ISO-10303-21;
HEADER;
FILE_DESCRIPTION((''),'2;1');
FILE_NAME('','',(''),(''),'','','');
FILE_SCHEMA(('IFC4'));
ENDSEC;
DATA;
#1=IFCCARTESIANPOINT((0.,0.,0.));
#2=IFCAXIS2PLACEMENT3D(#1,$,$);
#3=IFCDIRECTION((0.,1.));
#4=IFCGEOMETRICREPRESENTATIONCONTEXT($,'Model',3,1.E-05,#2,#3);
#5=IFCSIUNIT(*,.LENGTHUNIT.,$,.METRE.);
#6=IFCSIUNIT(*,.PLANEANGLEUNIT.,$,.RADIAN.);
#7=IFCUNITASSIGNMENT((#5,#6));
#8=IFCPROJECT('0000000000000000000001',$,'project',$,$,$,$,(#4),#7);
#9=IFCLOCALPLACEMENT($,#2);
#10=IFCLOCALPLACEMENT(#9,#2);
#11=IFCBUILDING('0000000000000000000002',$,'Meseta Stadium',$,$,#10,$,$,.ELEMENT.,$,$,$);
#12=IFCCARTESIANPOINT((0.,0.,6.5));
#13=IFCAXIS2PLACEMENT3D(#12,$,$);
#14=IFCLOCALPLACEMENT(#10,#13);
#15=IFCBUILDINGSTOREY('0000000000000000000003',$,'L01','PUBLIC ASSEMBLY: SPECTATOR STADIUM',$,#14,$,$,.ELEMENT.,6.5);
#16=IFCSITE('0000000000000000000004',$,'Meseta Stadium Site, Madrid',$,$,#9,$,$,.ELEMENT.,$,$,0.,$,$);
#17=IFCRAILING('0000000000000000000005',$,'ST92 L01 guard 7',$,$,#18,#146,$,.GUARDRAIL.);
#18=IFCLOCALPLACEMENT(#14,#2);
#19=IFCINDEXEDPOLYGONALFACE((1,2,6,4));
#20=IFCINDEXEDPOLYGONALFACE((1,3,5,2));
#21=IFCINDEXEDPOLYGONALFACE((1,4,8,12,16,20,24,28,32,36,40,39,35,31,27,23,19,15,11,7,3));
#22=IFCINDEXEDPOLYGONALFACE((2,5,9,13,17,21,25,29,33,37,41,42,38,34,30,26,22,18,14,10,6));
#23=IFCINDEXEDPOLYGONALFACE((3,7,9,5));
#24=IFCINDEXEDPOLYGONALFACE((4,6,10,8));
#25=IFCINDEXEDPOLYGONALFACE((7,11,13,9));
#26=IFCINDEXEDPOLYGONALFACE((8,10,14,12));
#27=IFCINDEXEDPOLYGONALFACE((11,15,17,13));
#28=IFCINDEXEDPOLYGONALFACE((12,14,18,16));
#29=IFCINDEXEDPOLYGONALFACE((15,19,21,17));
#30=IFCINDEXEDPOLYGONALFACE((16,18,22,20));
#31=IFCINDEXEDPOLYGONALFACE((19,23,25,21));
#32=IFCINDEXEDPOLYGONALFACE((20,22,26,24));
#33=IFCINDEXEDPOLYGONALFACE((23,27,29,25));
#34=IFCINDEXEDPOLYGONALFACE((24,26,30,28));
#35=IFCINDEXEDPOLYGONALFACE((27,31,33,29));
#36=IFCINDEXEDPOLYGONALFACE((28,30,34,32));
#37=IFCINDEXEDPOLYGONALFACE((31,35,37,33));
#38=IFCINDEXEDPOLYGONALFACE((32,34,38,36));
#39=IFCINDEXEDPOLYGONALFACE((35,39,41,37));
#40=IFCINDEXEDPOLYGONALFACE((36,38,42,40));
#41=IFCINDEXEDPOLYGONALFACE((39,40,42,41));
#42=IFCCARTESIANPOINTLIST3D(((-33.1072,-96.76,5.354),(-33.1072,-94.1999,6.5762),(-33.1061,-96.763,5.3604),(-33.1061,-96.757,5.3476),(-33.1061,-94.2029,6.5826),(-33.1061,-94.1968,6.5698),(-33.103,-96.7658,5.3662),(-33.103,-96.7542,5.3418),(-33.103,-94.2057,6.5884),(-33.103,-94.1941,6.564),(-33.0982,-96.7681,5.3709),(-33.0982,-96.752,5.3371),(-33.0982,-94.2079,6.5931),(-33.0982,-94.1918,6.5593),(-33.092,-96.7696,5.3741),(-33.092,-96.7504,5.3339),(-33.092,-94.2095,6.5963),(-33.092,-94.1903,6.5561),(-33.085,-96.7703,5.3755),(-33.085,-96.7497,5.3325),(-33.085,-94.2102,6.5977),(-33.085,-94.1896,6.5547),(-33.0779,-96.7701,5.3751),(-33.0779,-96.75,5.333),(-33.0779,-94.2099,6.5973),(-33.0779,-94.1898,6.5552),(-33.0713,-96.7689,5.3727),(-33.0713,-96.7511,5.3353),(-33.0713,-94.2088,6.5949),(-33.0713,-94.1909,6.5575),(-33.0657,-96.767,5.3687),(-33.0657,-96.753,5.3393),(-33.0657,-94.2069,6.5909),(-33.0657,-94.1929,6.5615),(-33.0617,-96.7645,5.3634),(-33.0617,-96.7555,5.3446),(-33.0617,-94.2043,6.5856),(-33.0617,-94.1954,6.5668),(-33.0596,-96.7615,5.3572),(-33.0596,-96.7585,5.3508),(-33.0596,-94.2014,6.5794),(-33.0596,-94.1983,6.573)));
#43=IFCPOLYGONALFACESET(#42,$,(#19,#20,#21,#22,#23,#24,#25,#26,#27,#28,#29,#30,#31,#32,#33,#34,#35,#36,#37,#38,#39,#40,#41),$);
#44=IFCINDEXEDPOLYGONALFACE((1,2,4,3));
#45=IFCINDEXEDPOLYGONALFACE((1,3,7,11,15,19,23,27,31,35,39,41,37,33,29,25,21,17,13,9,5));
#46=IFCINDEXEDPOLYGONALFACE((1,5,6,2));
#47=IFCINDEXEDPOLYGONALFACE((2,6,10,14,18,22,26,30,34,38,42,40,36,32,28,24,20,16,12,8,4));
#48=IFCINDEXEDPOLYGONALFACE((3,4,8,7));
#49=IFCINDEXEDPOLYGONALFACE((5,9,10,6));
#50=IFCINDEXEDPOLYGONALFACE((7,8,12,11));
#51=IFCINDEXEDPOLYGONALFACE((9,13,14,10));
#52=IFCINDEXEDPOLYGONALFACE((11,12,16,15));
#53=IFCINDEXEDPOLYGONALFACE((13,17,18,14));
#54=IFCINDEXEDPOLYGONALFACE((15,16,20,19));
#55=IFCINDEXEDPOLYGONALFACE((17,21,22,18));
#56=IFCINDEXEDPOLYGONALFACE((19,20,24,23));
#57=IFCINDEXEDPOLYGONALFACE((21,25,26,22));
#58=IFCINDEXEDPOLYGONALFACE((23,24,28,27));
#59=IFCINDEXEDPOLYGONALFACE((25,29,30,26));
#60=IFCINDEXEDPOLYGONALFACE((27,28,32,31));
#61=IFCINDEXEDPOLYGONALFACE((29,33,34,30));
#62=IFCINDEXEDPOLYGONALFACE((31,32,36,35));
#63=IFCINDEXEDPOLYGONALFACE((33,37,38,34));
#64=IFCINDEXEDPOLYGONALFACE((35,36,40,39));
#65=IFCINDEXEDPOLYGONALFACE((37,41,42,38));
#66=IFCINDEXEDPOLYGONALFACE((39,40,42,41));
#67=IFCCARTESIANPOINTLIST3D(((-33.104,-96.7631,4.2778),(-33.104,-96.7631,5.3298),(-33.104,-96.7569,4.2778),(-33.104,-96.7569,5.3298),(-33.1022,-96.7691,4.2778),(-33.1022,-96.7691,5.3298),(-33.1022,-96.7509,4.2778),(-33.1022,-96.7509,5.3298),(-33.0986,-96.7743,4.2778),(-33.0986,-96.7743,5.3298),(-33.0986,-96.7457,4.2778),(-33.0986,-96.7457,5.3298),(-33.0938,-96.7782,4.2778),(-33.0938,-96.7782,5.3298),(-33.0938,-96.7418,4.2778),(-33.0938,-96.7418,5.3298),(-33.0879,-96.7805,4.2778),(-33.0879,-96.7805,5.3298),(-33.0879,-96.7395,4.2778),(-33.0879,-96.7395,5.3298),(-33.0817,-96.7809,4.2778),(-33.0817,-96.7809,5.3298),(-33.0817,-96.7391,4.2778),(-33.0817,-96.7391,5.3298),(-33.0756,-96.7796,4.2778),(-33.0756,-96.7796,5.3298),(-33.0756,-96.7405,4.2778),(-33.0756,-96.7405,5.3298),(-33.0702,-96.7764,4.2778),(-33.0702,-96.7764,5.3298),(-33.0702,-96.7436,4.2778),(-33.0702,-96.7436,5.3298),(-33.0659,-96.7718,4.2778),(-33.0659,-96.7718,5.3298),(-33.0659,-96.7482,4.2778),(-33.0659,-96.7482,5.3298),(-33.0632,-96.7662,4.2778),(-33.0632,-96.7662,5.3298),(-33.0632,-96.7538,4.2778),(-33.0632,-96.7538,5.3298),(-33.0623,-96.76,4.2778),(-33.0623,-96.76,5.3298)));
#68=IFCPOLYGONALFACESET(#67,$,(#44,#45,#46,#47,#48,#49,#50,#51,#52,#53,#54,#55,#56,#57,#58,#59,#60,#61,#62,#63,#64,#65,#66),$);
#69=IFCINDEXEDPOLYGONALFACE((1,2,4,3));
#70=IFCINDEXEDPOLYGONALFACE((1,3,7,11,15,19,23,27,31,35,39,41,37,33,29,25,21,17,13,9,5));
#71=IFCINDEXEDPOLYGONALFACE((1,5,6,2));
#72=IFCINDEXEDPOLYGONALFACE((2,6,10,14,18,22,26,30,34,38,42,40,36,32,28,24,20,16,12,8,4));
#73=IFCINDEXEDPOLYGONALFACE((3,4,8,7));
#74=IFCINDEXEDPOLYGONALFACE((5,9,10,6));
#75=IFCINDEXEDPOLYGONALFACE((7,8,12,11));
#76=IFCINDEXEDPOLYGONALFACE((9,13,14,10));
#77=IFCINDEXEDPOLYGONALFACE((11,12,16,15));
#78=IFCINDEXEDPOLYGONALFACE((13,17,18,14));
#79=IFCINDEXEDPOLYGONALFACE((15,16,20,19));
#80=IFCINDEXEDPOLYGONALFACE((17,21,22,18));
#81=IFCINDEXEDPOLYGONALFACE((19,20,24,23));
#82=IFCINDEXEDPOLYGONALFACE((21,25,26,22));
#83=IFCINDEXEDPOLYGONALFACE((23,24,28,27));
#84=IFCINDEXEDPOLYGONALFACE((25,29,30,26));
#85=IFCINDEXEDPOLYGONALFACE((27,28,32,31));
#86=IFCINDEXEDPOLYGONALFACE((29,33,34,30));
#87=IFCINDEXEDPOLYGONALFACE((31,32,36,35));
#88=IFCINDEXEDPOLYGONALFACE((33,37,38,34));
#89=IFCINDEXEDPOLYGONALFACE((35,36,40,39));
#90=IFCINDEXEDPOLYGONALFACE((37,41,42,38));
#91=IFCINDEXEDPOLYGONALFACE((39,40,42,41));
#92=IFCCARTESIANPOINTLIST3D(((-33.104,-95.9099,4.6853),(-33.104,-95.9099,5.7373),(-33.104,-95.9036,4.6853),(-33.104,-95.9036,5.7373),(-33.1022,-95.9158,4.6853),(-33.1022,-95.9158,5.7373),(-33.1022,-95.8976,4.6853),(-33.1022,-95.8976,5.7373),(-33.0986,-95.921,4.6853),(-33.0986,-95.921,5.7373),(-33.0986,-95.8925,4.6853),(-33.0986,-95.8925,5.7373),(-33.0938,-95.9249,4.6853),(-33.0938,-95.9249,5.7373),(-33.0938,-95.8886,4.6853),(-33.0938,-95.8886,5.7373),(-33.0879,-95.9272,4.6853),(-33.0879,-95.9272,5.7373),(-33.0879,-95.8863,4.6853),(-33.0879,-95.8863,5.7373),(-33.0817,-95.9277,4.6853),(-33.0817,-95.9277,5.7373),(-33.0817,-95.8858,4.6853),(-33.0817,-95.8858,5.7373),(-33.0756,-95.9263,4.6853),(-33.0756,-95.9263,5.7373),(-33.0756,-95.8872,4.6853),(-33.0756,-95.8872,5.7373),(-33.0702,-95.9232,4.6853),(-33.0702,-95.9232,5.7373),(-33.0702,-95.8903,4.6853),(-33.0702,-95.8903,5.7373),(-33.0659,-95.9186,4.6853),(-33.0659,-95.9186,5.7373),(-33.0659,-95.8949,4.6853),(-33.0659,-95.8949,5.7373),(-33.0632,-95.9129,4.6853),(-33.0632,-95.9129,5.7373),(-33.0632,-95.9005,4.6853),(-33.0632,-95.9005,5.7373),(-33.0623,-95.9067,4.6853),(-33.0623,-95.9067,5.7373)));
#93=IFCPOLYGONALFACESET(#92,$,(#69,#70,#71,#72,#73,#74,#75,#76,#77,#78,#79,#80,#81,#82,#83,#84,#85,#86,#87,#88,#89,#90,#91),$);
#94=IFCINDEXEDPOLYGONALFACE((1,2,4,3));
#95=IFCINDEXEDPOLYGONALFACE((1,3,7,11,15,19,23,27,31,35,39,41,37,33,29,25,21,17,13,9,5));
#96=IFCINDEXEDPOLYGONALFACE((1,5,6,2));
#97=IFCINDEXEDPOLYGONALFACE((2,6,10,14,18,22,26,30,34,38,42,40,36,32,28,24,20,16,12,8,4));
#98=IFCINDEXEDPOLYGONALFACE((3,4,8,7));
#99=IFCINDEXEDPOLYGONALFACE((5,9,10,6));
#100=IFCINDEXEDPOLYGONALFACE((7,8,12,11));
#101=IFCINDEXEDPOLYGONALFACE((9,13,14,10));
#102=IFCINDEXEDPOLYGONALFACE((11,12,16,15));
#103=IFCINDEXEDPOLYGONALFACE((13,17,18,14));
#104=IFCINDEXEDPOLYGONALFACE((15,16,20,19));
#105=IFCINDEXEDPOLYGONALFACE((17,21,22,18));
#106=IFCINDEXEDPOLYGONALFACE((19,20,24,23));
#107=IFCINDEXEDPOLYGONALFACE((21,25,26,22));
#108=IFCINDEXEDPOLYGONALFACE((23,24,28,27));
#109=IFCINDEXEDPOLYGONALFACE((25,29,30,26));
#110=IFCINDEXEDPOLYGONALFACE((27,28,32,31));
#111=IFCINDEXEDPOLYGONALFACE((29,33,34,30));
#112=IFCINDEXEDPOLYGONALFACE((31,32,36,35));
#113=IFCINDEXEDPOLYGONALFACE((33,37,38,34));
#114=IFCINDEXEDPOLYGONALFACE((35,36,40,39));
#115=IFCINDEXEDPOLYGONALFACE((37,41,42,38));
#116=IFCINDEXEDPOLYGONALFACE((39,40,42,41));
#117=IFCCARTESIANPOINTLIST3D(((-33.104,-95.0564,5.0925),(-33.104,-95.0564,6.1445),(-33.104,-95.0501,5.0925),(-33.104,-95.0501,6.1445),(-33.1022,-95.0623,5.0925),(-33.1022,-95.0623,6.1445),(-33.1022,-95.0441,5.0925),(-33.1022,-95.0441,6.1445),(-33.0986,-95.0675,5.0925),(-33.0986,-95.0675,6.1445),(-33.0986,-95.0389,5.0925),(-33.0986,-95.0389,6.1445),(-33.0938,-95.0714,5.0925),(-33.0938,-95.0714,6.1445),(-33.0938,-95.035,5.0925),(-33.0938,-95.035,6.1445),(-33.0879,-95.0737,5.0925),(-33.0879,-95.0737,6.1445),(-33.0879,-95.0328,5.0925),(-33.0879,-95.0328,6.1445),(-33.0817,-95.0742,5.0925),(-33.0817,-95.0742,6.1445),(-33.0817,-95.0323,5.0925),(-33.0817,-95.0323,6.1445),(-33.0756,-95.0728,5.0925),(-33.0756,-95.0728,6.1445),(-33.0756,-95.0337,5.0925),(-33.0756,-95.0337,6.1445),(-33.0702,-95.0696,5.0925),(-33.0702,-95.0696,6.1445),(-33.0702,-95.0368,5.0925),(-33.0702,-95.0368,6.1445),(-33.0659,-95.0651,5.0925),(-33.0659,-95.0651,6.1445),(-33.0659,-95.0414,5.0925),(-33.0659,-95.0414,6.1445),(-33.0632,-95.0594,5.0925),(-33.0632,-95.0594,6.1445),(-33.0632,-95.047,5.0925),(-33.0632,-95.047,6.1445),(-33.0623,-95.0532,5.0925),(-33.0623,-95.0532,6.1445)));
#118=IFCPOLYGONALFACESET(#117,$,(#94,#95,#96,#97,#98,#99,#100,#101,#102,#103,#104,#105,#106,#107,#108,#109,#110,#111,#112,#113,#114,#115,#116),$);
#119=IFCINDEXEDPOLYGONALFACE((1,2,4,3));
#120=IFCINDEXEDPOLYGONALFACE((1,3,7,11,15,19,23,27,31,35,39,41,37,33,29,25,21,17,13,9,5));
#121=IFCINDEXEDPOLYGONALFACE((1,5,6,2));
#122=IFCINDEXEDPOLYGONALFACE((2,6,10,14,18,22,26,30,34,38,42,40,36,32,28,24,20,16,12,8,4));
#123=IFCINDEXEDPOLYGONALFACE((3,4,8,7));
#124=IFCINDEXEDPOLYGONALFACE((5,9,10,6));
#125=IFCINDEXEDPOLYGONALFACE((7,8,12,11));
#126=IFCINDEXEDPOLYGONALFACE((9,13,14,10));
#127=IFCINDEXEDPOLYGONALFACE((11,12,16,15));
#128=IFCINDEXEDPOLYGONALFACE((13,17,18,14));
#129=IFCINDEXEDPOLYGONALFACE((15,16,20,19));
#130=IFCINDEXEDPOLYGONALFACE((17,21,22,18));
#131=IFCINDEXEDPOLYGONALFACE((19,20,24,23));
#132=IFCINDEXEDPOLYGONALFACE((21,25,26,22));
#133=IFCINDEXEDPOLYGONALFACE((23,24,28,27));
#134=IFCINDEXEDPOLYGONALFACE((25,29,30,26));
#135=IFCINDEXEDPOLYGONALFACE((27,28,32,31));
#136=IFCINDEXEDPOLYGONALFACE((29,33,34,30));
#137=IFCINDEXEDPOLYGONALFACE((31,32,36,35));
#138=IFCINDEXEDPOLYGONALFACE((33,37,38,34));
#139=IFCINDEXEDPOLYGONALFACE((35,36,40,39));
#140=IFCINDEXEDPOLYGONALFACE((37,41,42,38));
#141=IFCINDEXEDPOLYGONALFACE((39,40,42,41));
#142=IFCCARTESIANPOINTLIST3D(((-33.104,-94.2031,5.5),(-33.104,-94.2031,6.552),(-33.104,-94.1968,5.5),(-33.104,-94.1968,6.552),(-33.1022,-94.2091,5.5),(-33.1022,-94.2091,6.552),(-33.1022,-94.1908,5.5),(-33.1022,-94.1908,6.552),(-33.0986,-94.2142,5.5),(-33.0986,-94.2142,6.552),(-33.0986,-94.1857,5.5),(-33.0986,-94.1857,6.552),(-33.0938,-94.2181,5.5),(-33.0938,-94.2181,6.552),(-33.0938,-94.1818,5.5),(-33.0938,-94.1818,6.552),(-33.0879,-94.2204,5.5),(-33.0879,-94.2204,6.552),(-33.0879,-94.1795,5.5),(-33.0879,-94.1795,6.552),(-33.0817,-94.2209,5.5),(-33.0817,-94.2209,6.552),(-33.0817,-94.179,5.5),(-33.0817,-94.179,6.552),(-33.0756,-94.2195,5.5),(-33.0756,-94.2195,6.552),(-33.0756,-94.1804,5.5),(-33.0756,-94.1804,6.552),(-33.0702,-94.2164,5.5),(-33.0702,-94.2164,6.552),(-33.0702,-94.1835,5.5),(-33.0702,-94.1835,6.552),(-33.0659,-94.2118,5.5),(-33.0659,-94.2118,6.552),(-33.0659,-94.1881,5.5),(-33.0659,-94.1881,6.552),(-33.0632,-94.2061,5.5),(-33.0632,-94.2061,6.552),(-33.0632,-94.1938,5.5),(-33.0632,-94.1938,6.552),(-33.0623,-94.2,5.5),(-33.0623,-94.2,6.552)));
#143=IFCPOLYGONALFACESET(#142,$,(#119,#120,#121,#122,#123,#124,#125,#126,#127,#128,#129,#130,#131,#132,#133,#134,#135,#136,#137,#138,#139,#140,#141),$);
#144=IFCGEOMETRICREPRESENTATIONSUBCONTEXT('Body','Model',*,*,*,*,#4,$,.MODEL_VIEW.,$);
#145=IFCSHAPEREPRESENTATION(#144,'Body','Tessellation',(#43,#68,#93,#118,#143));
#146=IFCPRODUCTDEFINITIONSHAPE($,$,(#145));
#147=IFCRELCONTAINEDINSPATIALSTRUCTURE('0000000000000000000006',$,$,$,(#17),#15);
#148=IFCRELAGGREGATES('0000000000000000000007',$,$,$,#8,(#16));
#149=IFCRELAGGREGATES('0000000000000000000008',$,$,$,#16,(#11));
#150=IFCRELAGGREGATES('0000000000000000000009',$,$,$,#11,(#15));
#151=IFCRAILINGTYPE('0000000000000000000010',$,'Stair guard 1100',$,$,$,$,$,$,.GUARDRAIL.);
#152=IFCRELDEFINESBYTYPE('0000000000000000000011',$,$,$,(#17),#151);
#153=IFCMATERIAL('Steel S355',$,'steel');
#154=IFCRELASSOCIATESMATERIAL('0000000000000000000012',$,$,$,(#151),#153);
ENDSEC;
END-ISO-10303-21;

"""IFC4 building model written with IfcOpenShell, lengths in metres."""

from ifc_helpers import new_model, si_unit, direction, frame, origin, origin_2d, place, context, subcontext, project, spatial, circle, extrude, material, type_object, element, save


model = new_model("IFC4")

# Units and contexts
model_context = context("Model", 3, precision=1e-05, world=origin(), true_north=direction((0.0, 1.0)))
body_context = subcontext(model_context, "Body", "Model", "MODEL_VIEW")
ifc_project = project(units=[si_unit("LENGTHUNIT", "METRE"), si_unit("PLANEANGLEUNIT", "RADIAN")], contexts=[model_context])

# Site, building, storey
site_placement = place(None, origin())
site = spatial("IfcSite", under=ifc_project, at=site_placement, Name="Meseta Stadium Site, Madrid", CompositionType="ELEMENT", RefElevation=0.0)
building_placement = place(site_placement, origin())
building = spatial("IfcBuilding", under=site, at=building_placement, Name="Meseta Stadium", CompositionType="ELEMENT")
storey_placement = place(building_placement, frame((0.0, 0.0, 6.5)))
storey = spatial("IfcBuildingStorey", under=building, at=storey_placement, Name="L01", Description="PUBLIC ASSEMBLY: SPECTATOR STADIUM", CompositionType="ELEMENT", Elevation=6.5)

# Railing
ifc_material_1 = material(Name="Steel S355", Category="steel")
railing_type_1 = type_object("IfcRailingType", Name="Stair guard 1100", PredefinedType="GUARDRAIL", material=ifc_material_1)
railing_1_placement = place(storey_placement, frame((-33.0833, -96.76, 4.2778)))
element("IfcRailing", 1, at=railing_1_placement, inside=storey, type_object=railing_type_1, Name="ST92 L01 guard 7", PredefinedType="GUARDRAIL", context=body_context, shape_type="SweptSolid", body=[
    extrude(circle(Radius=0.0239, at=origin_2d()), frame((0.0, 0.0, 1.0762), z_axis=(0.0, 0.902437, 0.430822), x_axis=(-1.0, 0.0, 0.0)), (0.0, 0.0, 1.0), 2.8369),
    extrude(circle(Radius=0.021, at=origin_2d()), origin(), (0.0, 0.0, 1.0), 1.052),
    extrude(circle(Radius=0.021, at=origin_2d()), frame((0.0, 0.8533, 0.4075)), (0.0, 0.0, 1.0), 1.052),
    extrude(circle(Radius=0.021, at=origin_2d()), frame((0.0, 1.7068, 0.8147)), (0.0, 0.0, 1.0), 1.052),
    extrude(circle(Radius=0.021, at=origin_2d()), frame((0.0, 2.5601, 1.2222)), (0.0, 0.0, 1.0), 1.052),
])

save(model, "model.ifc")
